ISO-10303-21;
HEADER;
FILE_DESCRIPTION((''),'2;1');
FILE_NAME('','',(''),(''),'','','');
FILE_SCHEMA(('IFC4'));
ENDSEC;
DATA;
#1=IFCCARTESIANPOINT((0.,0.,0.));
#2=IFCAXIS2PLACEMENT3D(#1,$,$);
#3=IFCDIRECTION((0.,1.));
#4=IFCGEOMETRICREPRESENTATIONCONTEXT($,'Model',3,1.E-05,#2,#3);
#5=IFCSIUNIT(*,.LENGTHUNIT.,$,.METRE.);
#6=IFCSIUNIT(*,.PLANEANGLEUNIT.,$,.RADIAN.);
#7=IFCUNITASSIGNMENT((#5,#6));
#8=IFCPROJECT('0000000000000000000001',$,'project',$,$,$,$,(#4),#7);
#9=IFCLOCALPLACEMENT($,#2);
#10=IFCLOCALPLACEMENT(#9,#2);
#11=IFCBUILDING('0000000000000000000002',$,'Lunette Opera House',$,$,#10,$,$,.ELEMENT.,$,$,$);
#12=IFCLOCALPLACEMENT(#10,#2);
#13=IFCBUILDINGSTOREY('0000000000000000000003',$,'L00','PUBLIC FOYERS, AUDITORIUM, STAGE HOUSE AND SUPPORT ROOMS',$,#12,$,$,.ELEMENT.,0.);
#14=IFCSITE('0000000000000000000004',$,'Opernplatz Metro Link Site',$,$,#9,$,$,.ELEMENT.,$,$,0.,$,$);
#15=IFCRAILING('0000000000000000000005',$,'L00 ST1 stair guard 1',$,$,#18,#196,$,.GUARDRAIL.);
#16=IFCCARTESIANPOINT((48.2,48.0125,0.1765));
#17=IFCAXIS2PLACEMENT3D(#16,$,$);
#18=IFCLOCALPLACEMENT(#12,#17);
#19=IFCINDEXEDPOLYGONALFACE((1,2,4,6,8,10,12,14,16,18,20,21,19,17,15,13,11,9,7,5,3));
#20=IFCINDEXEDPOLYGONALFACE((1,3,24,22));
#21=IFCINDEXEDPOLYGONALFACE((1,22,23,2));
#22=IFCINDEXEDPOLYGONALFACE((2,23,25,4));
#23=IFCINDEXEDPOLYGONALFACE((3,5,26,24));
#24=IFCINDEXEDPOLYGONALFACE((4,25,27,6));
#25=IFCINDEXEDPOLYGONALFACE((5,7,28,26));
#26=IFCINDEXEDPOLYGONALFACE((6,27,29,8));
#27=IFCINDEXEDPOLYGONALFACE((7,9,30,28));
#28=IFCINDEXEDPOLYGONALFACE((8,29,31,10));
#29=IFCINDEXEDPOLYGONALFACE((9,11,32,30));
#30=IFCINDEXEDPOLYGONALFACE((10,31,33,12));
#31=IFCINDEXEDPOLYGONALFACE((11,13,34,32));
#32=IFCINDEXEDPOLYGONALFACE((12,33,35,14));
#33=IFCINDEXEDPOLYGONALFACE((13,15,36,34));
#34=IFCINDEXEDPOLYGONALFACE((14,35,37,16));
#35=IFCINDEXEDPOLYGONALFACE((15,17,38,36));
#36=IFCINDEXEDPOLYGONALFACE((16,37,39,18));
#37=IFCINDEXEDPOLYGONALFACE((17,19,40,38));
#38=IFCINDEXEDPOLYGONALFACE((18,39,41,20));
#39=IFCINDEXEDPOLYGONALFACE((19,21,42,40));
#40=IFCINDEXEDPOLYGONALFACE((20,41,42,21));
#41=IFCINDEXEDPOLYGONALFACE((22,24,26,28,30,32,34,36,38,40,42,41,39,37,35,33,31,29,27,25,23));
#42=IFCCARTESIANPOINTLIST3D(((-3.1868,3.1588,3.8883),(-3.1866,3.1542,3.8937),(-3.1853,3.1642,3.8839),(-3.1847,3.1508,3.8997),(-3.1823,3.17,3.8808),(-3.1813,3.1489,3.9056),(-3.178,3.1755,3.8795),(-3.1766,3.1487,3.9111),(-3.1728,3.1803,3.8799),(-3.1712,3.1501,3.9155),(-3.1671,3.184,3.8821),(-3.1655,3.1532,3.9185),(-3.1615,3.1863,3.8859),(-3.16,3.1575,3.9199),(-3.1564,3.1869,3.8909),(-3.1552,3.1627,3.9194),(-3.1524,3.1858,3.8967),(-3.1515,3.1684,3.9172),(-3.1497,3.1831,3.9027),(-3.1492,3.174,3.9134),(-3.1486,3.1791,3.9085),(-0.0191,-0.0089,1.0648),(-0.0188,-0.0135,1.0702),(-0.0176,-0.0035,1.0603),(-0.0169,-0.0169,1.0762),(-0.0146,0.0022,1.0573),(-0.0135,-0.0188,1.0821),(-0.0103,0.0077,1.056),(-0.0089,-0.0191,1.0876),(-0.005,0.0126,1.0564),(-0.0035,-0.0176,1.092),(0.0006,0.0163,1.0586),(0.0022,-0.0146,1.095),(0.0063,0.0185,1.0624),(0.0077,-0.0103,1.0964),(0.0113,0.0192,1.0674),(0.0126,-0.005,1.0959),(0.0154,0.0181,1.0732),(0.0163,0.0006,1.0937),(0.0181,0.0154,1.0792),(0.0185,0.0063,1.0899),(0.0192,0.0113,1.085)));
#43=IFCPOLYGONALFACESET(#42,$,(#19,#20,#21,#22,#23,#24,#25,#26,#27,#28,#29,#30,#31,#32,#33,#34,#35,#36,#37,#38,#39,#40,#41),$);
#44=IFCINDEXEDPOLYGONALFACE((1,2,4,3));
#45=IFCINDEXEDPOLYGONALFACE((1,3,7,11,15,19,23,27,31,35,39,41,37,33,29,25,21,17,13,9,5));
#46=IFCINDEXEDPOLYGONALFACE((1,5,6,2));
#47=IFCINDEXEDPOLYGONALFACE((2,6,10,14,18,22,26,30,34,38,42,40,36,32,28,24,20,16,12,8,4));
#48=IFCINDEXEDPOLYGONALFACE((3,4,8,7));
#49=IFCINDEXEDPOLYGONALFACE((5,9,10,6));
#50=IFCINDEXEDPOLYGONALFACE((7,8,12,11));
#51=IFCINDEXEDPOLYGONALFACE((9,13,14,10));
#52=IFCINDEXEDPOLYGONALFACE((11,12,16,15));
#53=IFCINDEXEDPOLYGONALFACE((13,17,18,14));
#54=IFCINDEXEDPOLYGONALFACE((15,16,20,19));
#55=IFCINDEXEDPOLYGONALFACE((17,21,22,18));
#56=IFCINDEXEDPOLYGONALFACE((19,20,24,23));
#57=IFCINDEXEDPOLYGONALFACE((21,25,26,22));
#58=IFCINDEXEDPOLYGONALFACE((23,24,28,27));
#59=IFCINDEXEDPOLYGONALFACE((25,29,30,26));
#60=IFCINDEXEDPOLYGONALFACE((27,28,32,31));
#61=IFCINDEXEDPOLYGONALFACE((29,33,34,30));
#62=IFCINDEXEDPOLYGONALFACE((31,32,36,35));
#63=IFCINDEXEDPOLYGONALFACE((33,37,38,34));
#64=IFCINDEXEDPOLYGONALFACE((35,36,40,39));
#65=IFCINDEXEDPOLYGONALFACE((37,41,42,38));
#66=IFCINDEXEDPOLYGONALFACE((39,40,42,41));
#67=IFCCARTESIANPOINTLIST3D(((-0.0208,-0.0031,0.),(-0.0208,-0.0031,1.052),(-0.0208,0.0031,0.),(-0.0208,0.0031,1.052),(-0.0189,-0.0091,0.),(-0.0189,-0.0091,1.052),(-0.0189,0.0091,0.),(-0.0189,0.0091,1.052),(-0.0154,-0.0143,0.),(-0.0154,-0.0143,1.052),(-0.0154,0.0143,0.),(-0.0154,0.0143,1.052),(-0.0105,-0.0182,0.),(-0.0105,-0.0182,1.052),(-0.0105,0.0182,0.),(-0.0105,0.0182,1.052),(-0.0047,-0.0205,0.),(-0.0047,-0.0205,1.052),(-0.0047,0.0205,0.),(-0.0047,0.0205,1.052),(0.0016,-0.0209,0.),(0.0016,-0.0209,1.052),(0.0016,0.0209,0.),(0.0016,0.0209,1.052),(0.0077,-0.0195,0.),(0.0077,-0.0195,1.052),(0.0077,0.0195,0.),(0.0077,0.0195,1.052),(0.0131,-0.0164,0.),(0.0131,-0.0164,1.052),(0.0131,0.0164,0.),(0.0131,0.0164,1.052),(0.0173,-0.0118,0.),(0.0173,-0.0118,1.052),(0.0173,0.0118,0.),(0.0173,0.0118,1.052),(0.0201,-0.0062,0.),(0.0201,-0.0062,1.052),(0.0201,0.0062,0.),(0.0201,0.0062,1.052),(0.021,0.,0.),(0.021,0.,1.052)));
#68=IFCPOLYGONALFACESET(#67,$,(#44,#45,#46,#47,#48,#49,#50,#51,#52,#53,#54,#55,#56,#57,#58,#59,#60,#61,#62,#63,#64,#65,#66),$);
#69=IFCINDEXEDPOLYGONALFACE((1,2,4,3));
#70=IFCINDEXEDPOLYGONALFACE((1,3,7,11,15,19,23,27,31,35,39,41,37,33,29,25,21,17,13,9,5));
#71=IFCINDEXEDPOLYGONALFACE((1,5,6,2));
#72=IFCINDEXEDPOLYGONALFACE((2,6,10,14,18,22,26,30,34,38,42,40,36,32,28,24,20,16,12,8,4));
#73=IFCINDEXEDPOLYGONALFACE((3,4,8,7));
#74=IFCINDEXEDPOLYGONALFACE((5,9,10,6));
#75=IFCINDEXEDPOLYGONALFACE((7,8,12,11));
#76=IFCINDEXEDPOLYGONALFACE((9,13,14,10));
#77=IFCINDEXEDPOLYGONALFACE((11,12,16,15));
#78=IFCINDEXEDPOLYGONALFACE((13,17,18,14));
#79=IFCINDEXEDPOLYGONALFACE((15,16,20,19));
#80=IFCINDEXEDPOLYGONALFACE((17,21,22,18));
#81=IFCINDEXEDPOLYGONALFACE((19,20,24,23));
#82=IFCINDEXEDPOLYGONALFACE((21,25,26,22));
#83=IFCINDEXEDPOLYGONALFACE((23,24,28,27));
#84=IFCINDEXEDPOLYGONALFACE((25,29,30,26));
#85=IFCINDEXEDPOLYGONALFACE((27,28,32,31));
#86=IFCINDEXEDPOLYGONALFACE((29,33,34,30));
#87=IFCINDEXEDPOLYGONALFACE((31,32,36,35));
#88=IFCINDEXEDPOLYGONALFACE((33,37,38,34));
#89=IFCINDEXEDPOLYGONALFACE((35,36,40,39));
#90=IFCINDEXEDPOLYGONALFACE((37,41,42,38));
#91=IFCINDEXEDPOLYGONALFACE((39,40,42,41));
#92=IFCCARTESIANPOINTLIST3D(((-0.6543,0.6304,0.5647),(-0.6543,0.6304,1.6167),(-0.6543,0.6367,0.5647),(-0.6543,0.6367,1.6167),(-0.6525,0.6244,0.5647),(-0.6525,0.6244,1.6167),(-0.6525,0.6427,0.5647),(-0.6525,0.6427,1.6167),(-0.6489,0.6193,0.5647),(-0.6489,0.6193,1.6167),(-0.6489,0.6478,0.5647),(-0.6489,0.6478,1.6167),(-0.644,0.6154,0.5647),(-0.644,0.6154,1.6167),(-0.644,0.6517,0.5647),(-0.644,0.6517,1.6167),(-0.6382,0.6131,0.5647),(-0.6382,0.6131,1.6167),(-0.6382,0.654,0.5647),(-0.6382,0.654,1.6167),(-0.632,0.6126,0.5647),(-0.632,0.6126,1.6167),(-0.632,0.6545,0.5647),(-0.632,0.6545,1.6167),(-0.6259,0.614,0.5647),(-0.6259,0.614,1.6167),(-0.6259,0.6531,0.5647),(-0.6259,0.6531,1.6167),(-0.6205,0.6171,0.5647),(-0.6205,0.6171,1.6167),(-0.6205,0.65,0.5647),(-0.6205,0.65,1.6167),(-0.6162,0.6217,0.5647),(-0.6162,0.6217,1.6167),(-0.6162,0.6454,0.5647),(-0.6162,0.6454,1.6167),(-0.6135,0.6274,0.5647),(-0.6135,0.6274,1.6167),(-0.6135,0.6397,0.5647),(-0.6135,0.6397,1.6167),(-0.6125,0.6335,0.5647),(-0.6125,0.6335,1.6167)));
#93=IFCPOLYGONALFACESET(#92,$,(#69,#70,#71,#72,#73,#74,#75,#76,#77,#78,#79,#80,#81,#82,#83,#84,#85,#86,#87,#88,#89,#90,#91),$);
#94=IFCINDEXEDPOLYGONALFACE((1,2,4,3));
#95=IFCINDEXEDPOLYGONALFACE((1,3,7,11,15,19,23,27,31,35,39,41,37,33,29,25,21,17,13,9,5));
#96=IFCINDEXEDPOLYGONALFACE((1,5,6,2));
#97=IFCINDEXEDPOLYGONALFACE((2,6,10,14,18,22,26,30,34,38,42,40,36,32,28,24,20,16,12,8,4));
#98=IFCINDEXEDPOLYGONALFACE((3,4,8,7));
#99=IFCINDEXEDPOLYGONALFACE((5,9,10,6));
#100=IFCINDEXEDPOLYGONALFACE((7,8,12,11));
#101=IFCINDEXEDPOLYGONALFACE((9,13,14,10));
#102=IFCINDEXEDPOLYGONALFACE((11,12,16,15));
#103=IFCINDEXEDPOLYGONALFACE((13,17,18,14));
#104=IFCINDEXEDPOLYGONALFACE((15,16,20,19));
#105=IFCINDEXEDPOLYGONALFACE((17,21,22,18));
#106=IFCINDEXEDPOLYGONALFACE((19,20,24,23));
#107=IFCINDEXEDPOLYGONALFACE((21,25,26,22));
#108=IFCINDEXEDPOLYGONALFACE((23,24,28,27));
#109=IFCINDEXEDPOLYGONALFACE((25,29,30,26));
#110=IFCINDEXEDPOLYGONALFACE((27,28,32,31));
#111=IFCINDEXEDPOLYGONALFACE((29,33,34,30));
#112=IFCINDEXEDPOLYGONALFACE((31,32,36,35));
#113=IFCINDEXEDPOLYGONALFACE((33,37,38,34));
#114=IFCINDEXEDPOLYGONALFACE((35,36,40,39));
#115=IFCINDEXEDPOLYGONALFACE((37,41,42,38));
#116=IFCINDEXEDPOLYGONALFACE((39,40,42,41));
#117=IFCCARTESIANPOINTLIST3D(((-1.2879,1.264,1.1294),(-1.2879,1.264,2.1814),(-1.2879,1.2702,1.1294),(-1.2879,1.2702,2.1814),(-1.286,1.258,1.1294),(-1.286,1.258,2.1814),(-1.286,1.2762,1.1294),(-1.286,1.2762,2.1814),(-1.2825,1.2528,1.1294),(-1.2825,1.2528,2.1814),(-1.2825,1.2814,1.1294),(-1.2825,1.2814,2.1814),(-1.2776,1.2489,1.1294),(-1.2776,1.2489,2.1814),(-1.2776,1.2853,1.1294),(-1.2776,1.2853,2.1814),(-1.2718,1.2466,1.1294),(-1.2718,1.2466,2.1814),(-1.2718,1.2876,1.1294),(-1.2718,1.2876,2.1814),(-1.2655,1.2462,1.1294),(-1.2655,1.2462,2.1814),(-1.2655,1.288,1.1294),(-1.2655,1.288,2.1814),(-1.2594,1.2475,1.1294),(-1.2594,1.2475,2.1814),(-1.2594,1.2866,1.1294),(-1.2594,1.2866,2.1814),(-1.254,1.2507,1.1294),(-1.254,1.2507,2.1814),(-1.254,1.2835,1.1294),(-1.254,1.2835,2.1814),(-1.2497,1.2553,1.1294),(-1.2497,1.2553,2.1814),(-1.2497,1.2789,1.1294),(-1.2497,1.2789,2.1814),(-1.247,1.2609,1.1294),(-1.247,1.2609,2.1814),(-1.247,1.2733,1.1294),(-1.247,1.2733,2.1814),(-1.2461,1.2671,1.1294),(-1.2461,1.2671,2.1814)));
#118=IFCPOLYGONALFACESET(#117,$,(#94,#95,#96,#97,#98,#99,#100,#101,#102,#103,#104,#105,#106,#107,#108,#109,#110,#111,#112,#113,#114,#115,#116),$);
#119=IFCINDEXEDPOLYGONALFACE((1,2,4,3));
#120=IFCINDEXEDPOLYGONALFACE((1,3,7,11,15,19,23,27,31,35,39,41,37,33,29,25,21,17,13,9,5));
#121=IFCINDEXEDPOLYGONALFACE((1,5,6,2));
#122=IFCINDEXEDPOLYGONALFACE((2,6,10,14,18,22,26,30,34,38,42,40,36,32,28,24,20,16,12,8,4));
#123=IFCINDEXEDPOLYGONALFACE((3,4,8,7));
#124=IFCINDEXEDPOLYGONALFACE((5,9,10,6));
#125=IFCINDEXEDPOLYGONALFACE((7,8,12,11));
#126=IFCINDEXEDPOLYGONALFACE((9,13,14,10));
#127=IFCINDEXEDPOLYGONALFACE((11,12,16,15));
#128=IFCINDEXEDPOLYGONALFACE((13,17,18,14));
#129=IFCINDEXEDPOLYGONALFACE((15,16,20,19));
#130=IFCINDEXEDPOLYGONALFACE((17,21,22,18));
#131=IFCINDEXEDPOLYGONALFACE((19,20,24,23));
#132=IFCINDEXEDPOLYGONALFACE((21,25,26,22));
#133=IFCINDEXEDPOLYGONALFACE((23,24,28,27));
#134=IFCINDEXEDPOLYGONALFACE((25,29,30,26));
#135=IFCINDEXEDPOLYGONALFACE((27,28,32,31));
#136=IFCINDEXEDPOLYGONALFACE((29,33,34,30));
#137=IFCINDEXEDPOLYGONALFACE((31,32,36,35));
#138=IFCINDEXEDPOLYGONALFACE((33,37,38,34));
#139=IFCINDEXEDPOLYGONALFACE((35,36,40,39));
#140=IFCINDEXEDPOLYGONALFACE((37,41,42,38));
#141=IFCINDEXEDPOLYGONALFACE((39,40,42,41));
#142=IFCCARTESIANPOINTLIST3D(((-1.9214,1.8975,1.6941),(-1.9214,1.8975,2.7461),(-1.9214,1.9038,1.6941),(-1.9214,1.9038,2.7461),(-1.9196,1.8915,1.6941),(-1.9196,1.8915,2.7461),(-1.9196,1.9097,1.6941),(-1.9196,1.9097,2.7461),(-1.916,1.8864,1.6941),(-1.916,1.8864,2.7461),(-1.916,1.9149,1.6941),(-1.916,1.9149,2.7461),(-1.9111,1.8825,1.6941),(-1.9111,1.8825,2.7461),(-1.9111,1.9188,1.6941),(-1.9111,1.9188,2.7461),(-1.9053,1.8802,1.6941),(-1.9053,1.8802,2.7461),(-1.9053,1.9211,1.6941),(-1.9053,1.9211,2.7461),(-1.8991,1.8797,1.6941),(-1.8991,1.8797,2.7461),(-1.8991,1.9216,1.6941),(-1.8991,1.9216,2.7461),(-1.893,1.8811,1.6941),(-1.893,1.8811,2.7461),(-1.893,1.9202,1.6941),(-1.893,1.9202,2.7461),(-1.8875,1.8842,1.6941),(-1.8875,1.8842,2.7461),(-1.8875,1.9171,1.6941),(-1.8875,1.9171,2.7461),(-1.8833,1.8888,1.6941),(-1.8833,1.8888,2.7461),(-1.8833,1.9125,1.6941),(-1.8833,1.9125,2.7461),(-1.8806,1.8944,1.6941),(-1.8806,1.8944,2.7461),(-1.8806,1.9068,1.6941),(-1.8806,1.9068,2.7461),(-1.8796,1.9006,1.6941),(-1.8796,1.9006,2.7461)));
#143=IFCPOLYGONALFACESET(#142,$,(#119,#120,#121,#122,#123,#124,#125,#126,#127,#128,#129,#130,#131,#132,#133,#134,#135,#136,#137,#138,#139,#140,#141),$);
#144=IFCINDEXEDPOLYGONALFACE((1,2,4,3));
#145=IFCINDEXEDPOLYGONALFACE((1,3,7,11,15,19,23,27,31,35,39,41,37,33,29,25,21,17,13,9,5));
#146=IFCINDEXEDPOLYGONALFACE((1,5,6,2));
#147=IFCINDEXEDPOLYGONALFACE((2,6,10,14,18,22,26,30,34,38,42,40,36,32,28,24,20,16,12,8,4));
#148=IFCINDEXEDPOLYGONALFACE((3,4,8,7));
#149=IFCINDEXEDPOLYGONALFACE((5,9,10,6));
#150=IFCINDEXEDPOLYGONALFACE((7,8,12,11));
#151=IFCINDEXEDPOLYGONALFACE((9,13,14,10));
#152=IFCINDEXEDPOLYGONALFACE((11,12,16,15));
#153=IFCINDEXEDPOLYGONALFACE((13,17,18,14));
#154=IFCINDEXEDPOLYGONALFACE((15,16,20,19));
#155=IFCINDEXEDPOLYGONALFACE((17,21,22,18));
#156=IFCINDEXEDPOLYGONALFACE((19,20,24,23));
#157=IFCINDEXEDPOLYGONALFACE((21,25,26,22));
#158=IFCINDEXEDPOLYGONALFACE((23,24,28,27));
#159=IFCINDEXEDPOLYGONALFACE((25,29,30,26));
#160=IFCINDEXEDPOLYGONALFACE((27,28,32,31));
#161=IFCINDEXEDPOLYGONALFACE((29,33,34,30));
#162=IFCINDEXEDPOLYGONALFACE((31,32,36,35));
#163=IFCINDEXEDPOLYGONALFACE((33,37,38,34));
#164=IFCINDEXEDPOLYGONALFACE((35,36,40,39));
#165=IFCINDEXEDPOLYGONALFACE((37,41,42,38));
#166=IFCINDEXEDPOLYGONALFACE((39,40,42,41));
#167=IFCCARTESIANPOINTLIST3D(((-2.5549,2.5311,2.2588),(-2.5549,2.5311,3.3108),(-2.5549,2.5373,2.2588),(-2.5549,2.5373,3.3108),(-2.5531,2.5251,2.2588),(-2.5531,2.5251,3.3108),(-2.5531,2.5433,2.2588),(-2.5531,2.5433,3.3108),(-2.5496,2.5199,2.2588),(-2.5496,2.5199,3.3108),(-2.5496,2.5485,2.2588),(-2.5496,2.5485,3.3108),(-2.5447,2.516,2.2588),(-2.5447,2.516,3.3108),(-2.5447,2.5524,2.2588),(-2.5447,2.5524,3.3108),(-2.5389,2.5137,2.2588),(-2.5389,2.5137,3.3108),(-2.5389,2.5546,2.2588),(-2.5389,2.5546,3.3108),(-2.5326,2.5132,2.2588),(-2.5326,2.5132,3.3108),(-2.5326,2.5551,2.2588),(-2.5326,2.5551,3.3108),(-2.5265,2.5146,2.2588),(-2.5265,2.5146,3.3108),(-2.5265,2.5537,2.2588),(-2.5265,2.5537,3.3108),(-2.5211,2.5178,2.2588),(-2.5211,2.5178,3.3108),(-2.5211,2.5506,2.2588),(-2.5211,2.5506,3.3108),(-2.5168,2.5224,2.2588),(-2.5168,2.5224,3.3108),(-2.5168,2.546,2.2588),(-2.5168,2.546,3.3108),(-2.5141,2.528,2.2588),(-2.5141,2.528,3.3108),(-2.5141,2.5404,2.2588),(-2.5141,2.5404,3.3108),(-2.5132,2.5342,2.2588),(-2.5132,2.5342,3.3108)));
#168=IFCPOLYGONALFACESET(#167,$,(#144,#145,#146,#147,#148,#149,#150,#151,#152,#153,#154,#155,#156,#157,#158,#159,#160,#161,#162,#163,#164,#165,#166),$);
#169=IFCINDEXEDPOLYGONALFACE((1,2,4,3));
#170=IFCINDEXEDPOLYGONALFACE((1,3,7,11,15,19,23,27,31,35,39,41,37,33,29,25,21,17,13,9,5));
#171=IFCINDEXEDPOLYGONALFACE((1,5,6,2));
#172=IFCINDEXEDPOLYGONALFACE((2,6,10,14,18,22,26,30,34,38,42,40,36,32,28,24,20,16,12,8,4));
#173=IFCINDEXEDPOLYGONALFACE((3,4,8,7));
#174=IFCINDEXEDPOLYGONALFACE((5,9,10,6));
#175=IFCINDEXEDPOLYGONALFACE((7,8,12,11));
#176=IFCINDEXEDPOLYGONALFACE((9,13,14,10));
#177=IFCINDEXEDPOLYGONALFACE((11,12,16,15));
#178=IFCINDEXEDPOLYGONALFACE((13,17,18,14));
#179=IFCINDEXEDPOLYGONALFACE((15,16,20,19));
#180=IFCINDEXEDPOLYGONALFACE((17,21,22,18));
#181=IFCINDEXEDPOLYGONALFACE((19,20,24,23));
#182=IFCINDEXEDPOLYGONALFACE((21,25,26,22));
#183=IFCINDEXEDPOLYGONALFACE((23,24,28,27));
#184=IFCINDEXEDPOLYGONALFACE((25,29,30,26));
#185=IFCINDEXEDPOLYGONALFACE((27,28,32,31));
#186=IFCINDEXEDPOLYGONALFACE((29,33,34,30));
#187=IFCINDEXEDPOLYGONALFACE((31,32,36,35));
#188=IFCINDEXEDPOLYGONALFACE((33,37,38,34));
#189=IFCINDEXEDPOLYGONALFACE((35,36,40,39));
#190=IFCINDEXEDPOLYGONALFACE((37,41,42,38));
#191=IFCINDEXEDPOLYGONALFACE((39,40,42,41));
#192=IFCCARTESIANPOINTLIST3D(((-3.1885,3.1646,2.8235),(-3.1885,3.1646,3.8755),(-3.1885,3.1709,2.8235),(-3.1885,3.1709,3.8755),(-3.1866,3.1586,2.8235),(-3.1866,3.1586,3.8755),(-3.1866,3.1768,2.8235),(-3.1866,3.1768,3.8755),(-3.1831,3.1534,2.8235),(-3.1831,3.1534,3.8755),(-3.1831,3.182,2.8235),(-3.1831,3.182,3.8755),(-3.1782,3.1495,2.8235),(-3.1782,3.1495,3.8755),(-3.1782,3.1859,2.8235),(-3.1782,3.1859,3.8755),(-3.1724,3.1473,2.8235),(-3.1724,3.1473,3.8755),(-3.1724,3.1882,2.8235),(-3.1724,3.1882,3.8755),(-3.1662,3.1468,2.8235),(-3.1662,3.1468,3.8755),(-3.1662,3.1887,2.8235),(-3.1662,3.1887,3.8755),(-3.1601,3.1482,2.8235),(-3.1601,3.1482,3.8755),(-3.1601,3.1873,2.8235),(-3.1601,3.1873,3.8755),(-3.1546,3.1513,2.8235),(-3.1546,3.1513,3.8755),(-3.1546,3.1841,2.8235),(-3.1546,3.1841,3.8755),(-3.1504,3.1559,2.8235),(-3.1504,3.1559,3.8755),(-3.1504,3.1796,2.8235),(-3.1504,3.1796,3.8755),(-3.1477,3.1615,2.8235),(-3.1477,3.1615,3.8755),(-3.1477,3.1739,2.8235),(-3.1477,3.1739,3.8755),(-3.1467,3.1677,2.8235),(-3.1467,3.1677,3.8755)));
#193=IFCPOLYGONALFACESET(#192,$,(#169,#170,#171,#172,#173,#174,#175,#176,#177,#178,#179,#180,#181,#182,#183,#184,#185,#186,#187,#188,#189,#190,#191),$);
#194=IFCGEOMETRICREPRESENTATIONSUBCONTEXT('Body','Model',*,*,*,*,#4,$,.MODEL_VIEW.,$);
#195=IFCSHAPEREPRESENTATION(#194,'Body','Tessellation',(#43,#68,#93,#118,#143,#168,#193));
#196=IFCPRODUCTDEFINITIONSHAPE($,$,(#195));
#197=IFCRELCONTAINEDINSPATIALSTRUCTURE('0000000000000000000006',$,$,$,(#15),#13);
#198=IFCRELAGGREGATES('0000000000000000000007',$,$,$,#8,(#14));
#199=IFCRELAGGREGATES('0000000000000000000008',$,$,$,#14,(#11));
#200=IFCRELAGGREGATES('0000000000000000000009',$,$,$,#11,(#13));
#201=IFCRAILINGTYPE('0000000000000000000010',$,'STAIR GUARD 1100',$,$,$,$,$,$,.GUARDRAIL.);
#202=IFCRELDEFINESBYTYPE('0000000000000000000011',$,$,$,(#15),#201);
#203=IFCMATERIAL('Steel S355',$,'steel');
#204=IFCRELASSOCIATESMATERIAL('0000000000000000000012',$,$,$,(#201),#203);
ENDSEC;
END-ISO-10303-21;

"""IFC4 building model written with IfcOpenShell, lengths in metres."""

from ifc_helpers import new_model, si_unit, direction, frame, origin, origin_2d, place, context, subcontext, project, spatial, circle, extrude, material, type_object, element, save


model = new_model("IFC4")

# Units and contexts
model_context = context("Model", 3, precision=1e-05, world=origin(), true_north=direction((0.0, 1.0)))
body_context = subcontext(model_context, "Body", "Model", "MODEL_VIEW")
ifc_project = project(units=[si_unit("LENGTHUNIT", "METRE"), si_unit("PLANEANGLEUNIT", "RADIAN")], contexts=[model_context])

# Site, building, storey
site_placement = place(None, origin())
site = spatial("IfcSite", under=ifc_project, at=site_placement, Name="Opernplatz Metro Link Site", CompositionType="ELEMENT", RefElevation=0.0)
building_placement = place(site_placement, origin())
building = spatial("IfcBuilding", under=site, at=building_placement, Name="Lunette Opera House", CompositionType="ELEMENT")
storey_placement = place(building_placement, origin())
storey = spatial("IfcBuildingStorey", under=building, at=storey_placement, Name="L00", Description="PUBLIC FOYERS, AUDITORIUM, STAGE HOUSE AND SUPPORT ROOMS", CompositionType="ELEMENT", Elevation=0.0)

# Railing
ifc_material_1 = material(Name="Steel S355", Category="steel")
railing_type_1 = type_object("IfcRailingType", Name="STAIR GUARD 1100", PredefinedType="GUARDRAIL", material=ifc_material_1)
railing_1_placement = place(storey_placement, frame((48.2, 48.0125, 0.1765)))
element("IfcRailing", 1, at=railing_1_placement, inside=storey, type_object=railing_type_1, Name="L00 ST1 stair guard 1", PredefinedType="GUARDRAIL", context=body_context, shape_type="SweptSolid", body=[
    extrude(circle(Radius=0.0239, at=origin_2d()), frame((0.0, 0.0, 1.0762), z_axis=(-0.598206, 0.598206, 0.533198), x_axis=(-0.707107, -0.707107, 0.0)), (0.0, 0.0, 1.0), 5.2954),
    extrude(circle(Radius=0.021, at=origin_2d()), origin(), (0.0, 0.0, 1.0), 1.052),
    extrude(circle(Radius=0.021, at=origin_2d()), frame((-0.6335, 0.6335, 0.5647)), (0.0, 0.0, 1.0), 1.052),
    extrude(circle(Radius=0.021, at=origin_2d()), frame((-1.2671, 1.2671, 1.1294)), (0.0, 0.0, 1.0), 1.052),
    extrude(circle(Radius=0.021, at=origin_2d()), frame((-1.9006, 1.9006, 1.6941)), (0.0, 0.0, 1.0), 1.052),
    extrude(circle(Radius=0.021, at=origin_2d()), frame((-2.5342, 2.5342, 2.2588)), (0.0, 0.0, 1.0), 1.052),
    extrude(circle(Radius=0.021, at=origin_2d()), frame((-3.1677, 3.1677, 2.8235)), (0.0, 0.0, 1.0), 1.052),
])

save(model, "model.ifc")
